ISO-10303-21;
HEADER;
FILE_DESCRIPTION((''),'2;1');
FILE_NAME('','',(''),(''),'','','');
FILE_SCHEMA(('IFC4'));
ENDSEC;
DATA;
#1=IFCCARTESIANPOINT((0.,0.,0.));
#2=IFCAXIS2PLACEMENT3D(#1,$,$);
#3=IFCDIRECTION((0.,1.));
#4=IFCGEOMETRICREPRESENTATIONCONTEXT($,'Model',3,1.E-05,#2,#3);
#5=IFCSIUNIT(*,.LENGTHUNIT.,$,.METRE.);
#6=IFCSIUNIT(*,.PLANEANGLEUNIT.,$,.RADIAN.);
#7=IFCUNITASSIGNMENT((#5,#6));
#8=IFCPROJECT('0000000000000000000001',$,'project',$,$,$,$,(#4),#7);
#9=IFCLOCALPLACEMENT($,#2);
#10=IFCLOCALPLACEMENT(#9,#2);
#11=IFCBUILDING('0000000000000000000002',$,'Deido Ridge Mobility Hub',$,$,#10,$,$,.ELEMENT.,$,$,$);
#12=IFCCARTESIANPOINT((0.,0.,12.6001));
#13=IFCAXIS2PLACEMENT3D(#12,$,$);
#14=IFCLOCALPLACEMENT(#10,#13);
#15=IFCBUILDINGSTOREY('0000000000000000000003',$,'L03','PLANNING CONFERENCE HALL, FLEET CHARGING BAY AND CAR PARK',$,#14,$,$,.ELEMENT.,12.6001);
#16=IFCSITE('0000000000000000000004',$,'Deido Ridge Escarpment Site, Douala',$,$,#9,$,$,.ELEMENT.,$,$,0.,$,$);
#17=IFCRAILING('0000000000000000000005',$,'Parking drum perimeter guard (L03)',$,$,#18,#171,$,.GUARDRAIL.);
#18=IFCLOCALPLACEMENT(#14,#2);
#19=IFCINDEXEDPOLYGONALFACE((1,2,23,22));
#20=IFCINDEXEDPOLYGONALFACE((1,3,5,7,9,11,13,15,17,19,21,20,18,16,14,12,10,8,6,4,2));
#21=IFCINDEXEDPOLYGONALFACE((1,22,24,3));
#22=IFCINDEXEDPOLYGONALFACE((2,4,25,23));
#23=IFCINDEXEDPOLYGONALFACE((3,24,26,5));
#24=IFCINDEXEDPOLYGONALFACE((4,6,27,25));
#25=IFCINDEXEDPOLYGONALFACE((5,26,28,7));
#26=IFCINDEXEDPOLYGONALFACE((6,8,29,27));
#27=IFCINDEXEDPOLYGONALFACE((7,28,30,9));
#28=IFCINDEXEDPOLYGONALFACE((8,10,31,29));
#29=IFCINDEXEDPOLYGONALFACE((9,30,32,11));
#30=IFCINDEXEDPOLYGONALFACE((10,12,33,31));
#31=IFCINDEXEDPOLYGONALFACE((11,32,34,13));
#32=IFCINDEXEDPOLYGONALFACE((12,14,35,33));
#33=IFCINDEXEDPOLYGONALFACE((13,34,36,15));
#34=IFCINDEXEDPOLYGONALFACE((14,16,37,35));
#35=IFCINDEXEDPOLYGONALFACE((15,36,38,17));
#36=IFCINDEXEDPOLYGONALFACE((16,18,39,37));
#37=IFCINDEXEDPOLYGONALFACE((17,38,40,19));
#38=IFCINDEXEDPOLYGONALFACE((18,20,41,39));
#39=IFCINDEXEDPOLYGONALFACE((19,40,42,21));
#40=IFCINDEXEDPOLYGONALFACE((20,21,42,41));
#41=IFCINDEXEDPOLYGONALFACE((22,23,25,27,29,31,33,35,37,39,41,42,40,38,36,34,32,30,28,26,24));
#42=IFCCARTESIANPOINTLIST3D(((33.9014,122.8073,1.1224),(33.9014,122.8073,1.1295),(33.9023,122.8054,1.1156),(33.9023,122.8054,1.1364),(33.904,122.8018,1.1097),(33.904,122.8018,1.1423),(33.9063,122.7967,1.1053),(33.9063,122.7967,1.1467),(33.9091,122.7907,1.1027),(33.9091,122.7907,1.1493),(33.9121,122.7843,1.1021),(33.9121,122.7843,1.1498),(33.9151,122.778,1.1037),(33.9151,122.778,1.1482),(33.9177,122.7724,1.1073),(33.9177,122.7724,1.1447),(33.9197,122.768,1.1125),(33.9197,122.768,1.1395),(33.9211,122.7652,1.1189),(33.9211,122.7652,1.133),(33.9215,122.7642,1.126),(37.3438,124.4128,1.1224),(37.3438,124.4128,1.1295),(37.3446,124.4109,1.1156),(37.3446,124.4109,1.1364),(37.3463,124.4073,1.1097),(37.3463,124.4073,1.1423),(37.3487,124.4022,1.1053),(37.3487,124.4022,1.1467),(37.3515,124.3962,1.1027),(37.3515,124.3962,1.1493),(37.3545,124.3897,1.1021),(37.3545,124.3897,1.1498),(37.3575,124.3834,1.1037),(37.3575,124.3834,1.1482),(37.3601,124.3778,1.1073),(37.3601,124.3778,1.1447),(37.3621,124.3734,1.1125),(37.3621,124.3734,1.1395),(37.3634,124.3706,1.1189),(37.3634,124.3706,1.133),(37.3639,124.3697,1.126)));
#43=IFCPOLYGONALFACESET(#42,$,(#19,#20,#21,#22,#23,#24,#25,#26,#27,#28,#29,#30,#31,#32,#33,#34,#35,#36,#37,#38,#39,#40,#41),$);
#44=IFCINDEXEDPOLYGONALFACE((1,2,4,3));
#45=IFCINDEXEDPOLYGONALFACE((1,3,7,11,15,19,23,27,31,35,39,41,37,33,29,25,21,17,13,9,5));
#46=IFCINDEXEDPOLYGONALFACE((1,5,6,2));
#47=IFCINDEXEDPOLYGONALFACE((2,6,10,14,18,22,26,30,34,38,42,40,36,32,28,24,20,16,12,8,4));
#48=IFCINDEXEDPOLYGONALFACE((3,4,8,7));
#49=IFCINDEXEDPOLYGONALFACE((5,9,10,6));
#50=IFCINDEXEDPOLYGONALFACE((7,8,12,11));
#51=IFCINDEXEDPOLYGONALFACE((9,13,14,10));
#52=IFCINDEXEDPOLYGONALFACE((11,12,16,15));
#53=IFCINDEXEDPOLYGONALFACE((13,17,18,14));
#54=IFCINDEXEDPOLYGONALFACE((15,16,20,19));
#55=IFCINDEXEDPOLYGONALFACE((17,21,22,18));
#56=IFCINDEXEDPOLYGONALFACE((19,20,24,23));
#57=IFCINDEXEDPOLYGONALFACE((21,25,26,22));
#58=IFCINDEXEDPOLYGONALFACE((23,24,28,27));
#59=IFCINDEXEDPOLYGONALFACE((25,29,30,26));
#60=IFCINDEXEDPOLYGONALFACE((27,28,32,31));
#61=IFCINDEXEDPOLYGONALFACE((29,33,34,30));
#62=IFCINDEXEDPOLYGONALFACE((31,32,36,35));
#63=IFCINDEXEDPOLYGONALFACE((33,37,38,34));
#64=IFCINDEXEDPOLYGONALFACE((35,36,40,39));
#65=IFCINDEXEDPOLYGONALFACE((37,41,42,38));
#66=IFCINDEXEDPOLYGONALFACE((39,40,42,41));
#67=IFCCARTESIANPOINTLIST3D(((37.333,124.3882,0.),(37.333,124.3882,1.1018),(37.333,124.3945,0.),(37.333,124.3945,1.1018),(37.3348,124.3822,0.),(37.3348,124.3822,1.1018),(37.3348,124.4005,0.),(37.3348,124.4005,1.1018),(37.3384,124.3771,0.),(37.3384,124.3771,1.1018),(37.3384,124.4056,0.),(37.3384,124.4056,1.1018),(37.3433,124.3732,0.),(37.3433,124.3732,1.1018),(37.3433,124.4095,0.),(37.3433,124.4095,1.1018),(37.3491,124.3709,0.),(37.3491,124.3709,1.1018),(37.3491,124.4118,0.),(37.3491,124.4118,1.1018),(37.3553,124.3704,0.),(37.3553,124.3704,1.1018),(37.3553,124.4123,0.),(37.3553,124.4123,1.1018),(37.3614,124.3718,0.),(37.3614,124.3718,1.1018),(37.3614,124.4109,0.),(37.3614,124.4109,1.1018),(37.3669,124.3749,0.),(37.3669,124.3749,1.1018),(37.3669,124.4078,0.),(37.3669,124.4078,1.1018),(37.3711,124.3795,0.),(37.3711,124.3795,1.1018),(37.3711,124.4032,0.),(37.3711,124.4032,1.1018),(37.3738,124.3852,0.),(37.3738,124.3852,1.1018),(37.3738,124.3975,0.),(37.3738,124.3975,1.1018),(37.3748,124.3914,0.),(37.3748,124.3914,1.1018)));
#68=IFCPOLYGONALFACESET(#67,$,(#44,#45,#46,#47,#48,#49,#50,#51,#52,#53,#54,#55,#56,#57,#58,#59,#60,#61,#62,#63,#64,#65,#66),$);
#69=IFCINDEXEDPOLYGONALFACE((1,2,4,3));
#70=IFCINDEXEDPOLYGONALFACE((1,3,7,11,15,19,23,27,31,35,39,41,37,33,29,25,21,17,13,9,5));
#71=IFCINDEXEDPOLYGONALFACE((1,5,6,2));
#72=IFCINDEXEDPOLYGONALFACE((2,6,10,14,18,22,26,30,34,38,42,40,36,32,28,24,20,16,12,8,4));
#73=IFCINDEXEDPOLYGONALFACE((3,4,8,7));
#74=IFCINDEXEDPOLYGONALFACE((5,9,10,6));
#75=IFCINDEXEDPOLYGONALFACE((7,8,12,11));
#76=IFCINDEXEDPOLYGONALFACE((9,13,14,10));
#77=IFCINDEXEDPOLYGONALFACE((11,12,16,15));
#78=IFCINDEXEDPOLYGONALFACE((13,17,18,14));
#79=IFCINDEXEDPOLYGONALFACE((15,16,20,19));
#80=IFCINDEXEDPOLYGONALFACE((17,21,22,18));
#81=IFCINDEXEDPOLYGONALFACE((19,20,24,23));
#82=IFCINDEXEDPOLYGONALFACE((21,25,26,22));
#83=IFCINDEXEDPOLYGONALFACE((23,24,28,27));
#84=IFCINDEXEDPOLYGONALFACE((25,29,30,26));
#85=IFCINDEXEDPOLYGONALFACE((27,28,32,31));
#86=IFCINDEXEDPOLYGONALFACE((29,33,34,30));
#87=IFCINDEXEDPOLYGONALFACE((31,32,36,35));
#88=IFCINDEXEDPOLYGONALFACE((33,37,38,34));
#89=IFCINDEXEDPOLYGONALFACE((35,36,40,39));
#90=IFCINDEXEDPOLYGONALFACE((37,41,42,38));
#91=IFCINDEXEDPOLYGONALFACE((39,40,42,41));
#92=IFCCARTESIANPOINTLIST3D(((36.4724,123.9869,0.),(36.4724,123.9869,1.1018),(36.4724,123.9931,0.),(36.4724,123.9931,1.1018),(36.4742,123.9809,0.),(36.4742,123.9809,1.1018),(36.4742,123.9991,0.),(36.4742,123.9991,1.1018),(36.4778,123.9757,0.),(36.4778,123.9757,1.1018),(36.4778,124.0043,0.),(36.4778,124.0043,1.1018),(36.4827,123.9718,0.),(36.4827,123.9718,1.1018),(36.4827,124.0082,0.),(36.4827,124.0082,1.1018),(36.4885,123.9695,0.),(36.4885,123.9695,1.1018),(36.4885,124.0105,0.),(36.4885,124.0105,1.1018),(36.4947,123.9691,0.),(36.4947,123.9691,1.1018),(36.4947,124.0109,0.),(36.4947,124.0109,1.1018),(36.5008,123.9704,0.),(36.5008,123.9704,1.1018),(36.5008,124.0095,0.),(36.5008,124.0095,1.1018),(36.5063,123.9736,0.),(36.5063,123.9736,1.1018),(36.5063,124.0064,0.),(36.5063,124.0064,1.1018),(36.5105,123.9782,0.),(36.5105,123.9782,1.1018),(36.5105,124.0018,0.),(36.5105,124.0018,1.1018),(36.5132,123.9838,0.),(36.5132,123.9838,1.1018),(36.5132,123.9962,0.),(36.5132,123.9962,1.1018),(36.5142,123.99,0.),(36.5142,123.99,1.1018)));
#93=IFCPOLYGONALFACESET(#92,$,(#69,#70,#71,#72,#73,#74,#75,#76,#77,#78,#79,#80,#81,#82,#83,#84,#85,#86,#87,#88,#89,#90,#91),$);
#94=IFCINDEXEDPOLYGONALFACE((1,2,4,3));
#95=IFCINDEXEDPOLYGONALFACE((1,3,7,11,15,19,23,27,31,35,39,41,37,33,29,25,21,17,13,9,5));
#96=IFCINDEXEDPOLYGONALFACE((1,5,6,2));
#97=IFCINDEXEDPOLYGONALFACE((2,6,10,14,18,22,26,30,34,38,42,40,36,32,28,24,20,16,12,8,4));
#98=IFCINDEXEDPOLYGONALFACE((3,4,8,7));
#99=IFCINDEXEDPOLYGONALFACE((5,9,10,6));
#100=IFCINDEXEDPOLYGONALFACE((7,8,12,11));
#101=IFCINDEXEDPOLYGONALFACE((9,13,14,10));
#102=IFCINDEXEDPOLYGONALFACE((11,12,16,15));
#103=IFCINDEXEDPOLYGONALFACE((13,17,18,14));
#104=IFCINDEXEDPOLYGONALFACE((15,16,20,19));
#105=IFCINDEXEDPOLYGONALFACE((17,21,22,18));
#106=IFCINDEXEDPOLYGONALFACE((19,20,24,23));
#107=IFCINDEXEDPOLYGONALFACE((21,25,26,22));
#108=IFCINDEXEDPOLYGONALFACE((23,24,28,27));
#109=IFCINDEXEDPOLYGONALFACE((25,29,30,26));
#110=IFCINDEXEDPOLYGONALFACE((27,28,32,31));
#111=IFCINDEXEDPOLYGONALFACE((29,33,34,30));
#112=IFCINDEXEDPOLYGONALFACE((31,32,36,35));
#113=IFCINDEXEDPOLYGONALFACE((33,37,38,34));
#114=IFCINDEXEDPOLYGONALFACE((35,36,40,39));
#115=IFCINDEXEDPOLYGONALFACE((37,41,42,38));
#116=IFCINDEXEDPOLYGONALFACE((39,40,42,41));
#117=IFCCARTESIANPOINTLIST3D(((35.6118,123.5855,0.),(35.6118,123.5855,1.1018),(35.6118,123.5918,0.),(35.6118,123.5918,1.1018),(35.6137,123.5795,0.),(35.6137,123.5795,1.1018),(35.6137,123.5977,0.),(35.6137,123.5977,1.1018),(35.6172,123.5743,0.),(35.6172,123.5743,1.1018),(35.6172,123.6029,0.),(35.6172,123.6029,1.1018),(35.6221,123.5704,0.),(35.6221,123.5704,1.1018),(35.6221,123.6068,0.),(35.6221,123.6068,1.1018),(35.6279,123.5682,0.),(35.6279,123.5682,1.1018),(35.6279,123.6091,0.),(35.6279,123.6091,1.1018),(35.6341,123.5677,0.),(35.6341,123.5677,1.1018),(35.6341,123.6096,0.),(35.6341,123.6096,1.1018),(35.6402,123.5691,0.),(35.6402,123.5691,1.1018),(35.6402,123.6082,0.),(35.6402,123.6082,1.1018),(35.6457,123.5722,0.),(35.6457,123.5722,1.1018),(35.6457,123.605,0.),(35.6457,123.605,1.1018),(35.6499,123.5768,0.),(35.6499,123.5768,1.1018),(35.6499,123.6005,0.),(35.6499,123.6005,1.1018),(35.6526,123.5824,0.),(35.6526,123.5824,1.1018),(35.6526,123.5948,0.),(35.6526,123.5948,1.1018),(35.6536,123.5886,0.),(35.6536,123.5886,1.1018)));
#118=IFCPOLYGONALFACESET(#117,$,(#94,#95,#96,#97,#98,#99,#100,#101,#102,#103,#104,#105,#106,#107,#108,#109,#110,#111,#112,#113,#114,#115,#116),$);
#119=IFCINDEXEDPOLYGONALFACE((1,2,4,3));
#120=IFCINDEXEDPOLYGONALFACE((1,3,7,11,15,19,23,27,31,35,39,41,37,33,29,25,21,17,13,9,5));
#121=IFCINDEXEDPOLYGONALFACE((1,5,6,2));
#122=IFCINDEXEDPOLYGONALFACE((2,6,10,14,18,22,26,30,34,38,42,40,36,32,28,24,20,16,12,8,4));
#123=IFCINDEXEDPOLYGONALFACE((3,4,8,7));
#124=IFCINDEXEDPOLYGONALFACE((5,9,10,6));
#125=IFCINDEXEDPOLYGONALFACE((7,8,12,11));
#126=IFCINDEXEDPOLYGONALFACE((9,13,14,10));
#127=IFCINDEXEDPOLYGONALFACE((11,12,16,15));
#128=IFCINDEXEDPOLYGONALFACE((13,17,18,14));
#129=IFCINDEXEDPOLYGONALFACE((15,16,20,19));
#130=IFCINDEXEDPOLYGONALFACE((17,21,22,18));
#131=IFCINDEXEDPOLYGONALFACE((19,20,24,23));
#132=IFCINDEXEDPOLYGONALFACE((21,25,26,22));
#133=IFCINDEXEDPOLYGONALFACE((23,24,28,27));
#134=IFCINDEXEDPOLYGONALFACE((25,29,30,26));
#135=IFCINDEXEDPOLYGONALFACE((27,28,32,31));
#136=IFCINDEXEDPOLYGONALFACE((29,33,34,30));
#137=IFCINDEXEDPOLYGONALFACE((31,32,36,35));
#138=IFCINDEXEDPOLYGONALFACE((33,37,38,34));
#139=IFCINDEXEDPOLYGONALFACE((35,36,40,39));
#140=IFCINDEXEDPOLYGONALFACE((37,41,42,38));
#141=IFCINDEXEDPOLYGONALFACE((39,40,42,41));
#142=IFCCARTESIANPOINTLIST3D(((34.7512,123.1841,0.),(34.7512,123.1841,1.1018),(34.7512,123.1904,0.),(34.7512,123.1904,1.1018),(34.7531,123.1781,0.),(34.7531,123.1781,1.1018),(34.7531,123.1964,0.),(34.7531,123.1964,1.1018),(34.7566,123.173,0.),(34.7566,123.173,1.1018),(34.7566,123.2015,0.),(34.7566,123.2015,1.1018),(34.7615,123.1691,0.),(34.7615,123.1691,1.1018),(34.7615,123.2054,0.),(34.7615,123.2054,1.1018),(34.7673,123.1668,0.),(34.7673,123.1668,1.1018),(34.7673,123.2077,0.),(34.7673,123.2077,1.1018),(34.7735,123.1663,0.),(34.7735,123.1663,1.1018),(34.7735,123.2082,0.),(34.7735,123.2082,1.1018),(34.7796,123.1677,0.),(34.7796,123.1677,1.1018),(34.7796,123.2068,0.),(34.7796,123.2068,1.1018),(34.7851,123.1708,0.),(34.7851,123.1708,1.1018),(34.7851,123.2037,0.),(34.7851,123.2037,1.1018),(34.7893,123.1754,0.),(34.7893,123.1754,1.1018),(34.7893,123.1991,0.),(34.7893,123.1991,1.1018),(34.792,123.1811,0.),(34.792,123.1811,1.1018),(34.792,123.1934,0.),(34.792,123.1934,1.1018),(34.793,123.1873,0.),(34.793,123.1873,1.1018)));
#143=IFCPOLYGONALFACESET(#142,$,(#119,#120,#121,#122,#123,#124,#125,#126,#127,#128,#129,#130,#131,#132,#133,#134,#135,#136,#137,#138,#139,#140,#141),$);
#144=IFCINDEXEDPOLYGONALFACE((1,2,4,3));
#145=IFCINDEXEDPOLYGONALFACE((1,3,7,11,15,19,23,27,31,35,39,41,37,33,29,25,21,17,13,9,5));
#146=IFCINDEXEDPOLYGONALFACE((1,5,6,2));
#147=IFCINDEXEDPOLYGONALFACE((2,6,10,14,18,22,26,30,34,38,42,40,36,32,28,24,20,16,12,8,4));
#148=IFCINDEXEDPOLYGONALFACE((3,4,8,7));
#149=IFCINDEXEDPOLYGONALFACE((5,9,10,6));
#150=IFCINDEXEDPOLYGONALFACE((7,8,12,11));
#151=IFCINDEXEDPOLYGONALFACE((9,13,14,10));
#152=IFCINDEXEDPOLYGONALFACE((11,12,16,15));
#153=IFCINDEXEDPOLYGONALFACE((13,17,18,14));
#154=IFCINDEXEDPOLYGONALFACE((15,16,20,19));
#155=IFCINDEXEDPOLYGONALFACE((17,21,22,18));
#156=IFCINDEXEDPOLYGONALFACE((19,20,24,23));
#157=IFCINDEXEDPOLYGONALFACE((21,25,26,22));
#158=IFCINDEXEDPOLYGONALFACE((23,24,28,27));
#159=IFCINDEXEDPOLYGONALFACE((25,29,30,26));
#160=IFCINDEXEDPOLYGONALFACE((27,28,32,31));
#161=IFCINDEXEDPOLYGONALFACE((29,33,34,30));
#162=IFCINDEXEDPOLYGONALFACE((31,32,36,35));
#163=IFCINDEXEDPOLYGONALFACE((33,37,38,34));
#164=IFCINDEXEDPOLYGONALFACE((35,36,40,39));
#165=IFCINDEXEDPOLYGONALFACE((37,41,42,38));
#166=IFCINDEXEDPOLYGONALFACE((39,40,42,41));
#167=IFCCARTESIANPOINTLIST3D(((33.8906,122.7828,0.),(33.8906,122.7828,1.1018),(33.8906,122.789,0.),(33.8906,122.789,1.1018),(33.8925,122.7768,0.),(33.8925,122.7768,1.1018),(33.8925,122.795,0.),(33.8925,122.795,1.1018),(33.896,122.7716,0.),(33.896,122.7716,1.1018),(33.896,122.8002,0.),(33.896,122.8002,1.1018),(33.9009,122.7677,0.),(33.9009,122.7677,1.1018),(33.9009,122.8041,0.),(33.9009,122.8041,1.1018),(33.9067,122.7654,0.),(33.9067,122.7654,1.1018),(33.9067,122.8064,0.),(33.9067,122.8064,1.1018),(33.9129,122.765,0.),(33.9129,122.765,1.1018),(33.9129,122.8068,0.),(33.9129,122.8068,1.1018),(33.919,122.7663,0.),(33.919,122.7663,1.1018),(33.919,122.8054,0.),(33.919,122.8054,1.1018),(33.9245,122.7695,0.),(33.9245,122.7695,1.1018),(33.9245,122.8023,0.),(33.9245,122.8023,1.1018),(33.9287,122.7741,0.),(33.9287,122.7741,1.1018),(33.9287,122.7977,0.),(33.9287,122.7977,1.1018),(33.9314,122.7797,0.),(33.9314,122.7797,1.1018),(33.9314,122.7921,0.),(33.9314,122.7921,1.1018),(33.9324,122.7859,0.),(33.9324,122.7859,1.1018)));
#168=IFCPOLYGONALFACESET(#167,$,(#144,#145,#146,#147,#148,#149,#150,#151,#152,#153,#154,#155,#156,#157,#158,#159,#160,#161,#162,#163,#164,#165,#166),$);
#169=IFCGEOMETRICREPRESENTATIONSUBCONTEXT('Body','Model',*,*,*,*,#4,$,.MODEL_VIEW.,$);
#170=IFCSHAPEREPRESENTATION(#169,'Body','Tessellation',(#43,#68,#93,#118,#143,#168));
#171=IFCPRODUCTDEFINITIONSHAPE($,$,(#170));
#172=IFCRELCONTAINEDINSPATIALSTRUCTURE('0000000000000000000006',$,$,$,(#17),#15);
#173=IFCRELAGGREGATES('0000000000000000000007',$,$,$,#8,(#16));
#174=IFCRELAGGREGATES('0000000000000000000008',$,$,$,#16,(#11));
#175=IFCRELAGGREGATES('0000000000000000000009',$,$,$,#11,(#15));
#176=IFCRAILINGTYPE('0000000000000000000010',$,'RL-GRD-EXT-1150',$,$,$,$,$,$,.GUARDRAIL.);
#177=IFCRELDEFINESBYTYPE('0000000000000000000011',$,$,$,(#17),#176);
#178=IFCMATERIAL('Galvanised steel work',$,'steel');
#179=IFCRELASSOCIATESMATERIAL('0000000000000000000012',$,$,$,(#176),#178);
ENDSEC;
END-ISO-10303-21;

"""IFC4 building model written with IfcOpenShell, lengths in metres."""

from ifc_helpers import new_model, si_unit, direction, frame, origin, origin_2d, place, context, subcontext, project, spatial, circle, extrude, material, type_object, element, save


model = new_model("IFC4")

# Units and contexts
model_context = context("Model", 3, precision=1e-05, world=origin(), true_north=direction((0.0, 1.0)))
body_context = subcontext(model_context, "Body", "Model", "MODEL_VIEW")
ifc_project = project(units=[si_unit("LENGTHUNIT", "METRE"), si_unit("PLANEANGLEUNIT", "RADIAN")], contexts=[model_context])

# Site, building, storey
site_placement = place(None, origin())
site = spatial("IfcSite", under=ifc_project, at=site_placement, Name="Deido Ridge Escarpment Site, Douala", CompositionType="ELEMENT", RefElevation=0.0)
building_placement = place(site_placement, origin())
building = spatial("IfcBuilding", under=site, at=building_placement, Name="Deido Ridge Mobility Hub", CompositionType="ELEMENT")
storey_placement = place(building_placement, frame((0.0, 0.0, 12.6001)))
storey = spatial("IfcBuildingStorey", under=building, at=storey_placement, Name="L03", Description="PLANNING CONFERENCE HALL, FLEET CHARGING BAY AND CAR PARK", CompositionType="ELEMENT", Elevation=12.6001)

# Railing
ifc_material_1 = material(Name="Galvanised steel work", Category="steel")
railing_type = type_object("IfcRailingType", Name="RL-GRD-EXT-1150", PredefinedType="GUARDRAIL", material=ifc_material_1)
railing_1_placement = place(storey_placement, frame((37.3538, 124.3914, 0.0)))
element("IfcRailing", 1, at=railing_1_placement, inside=storey, type_object=railing_type, Name="Parking drum perimeter guard (L03)", PredefinedType="GUARDRAIL", context=body_context, shape_type="SweptSolid", body=[
    extrude(circle(Radius=0.0239, at=origin_2d()), frame((0.0, 0.0, 1.126), z_axis=(-0.906282, -0.422674, 0.0), x_axis=(0.422674, -0.906282, 0.0)), (0.0, 0.0, 1.0), 3.7983),
    extrude(circle(Radius=0.021, at=origin_2d()), origin(), (0.0, 0.0, 1.0), 1.1018),
    extrude(circle(Radius=0.021, at=origin_2d()), frame((-0.8606, -0.4014, 0.0)), (0.0, 0.0, 1.0), 1.1018),
    extrude(circle(Radius=0.021, at=origin_2d()), frame((-1.7212, -0.8027, 0.0)), (0.0, 0.0, 1.0), 1.1018),
    extrude(circle(Radius=0.021, at=origin_2d()), frame((-2.5818, -1.2041, 0.0)), (0.0, 0.0, 1.0), 1.1018),
    extrude(circle(Radius=0.021, at=origin_2d()), frame((-3.4424, -1.6055, 0.0)), (0.0, 0.0, 1.0), 1.1018),
])

save(model, "model.ifc")
